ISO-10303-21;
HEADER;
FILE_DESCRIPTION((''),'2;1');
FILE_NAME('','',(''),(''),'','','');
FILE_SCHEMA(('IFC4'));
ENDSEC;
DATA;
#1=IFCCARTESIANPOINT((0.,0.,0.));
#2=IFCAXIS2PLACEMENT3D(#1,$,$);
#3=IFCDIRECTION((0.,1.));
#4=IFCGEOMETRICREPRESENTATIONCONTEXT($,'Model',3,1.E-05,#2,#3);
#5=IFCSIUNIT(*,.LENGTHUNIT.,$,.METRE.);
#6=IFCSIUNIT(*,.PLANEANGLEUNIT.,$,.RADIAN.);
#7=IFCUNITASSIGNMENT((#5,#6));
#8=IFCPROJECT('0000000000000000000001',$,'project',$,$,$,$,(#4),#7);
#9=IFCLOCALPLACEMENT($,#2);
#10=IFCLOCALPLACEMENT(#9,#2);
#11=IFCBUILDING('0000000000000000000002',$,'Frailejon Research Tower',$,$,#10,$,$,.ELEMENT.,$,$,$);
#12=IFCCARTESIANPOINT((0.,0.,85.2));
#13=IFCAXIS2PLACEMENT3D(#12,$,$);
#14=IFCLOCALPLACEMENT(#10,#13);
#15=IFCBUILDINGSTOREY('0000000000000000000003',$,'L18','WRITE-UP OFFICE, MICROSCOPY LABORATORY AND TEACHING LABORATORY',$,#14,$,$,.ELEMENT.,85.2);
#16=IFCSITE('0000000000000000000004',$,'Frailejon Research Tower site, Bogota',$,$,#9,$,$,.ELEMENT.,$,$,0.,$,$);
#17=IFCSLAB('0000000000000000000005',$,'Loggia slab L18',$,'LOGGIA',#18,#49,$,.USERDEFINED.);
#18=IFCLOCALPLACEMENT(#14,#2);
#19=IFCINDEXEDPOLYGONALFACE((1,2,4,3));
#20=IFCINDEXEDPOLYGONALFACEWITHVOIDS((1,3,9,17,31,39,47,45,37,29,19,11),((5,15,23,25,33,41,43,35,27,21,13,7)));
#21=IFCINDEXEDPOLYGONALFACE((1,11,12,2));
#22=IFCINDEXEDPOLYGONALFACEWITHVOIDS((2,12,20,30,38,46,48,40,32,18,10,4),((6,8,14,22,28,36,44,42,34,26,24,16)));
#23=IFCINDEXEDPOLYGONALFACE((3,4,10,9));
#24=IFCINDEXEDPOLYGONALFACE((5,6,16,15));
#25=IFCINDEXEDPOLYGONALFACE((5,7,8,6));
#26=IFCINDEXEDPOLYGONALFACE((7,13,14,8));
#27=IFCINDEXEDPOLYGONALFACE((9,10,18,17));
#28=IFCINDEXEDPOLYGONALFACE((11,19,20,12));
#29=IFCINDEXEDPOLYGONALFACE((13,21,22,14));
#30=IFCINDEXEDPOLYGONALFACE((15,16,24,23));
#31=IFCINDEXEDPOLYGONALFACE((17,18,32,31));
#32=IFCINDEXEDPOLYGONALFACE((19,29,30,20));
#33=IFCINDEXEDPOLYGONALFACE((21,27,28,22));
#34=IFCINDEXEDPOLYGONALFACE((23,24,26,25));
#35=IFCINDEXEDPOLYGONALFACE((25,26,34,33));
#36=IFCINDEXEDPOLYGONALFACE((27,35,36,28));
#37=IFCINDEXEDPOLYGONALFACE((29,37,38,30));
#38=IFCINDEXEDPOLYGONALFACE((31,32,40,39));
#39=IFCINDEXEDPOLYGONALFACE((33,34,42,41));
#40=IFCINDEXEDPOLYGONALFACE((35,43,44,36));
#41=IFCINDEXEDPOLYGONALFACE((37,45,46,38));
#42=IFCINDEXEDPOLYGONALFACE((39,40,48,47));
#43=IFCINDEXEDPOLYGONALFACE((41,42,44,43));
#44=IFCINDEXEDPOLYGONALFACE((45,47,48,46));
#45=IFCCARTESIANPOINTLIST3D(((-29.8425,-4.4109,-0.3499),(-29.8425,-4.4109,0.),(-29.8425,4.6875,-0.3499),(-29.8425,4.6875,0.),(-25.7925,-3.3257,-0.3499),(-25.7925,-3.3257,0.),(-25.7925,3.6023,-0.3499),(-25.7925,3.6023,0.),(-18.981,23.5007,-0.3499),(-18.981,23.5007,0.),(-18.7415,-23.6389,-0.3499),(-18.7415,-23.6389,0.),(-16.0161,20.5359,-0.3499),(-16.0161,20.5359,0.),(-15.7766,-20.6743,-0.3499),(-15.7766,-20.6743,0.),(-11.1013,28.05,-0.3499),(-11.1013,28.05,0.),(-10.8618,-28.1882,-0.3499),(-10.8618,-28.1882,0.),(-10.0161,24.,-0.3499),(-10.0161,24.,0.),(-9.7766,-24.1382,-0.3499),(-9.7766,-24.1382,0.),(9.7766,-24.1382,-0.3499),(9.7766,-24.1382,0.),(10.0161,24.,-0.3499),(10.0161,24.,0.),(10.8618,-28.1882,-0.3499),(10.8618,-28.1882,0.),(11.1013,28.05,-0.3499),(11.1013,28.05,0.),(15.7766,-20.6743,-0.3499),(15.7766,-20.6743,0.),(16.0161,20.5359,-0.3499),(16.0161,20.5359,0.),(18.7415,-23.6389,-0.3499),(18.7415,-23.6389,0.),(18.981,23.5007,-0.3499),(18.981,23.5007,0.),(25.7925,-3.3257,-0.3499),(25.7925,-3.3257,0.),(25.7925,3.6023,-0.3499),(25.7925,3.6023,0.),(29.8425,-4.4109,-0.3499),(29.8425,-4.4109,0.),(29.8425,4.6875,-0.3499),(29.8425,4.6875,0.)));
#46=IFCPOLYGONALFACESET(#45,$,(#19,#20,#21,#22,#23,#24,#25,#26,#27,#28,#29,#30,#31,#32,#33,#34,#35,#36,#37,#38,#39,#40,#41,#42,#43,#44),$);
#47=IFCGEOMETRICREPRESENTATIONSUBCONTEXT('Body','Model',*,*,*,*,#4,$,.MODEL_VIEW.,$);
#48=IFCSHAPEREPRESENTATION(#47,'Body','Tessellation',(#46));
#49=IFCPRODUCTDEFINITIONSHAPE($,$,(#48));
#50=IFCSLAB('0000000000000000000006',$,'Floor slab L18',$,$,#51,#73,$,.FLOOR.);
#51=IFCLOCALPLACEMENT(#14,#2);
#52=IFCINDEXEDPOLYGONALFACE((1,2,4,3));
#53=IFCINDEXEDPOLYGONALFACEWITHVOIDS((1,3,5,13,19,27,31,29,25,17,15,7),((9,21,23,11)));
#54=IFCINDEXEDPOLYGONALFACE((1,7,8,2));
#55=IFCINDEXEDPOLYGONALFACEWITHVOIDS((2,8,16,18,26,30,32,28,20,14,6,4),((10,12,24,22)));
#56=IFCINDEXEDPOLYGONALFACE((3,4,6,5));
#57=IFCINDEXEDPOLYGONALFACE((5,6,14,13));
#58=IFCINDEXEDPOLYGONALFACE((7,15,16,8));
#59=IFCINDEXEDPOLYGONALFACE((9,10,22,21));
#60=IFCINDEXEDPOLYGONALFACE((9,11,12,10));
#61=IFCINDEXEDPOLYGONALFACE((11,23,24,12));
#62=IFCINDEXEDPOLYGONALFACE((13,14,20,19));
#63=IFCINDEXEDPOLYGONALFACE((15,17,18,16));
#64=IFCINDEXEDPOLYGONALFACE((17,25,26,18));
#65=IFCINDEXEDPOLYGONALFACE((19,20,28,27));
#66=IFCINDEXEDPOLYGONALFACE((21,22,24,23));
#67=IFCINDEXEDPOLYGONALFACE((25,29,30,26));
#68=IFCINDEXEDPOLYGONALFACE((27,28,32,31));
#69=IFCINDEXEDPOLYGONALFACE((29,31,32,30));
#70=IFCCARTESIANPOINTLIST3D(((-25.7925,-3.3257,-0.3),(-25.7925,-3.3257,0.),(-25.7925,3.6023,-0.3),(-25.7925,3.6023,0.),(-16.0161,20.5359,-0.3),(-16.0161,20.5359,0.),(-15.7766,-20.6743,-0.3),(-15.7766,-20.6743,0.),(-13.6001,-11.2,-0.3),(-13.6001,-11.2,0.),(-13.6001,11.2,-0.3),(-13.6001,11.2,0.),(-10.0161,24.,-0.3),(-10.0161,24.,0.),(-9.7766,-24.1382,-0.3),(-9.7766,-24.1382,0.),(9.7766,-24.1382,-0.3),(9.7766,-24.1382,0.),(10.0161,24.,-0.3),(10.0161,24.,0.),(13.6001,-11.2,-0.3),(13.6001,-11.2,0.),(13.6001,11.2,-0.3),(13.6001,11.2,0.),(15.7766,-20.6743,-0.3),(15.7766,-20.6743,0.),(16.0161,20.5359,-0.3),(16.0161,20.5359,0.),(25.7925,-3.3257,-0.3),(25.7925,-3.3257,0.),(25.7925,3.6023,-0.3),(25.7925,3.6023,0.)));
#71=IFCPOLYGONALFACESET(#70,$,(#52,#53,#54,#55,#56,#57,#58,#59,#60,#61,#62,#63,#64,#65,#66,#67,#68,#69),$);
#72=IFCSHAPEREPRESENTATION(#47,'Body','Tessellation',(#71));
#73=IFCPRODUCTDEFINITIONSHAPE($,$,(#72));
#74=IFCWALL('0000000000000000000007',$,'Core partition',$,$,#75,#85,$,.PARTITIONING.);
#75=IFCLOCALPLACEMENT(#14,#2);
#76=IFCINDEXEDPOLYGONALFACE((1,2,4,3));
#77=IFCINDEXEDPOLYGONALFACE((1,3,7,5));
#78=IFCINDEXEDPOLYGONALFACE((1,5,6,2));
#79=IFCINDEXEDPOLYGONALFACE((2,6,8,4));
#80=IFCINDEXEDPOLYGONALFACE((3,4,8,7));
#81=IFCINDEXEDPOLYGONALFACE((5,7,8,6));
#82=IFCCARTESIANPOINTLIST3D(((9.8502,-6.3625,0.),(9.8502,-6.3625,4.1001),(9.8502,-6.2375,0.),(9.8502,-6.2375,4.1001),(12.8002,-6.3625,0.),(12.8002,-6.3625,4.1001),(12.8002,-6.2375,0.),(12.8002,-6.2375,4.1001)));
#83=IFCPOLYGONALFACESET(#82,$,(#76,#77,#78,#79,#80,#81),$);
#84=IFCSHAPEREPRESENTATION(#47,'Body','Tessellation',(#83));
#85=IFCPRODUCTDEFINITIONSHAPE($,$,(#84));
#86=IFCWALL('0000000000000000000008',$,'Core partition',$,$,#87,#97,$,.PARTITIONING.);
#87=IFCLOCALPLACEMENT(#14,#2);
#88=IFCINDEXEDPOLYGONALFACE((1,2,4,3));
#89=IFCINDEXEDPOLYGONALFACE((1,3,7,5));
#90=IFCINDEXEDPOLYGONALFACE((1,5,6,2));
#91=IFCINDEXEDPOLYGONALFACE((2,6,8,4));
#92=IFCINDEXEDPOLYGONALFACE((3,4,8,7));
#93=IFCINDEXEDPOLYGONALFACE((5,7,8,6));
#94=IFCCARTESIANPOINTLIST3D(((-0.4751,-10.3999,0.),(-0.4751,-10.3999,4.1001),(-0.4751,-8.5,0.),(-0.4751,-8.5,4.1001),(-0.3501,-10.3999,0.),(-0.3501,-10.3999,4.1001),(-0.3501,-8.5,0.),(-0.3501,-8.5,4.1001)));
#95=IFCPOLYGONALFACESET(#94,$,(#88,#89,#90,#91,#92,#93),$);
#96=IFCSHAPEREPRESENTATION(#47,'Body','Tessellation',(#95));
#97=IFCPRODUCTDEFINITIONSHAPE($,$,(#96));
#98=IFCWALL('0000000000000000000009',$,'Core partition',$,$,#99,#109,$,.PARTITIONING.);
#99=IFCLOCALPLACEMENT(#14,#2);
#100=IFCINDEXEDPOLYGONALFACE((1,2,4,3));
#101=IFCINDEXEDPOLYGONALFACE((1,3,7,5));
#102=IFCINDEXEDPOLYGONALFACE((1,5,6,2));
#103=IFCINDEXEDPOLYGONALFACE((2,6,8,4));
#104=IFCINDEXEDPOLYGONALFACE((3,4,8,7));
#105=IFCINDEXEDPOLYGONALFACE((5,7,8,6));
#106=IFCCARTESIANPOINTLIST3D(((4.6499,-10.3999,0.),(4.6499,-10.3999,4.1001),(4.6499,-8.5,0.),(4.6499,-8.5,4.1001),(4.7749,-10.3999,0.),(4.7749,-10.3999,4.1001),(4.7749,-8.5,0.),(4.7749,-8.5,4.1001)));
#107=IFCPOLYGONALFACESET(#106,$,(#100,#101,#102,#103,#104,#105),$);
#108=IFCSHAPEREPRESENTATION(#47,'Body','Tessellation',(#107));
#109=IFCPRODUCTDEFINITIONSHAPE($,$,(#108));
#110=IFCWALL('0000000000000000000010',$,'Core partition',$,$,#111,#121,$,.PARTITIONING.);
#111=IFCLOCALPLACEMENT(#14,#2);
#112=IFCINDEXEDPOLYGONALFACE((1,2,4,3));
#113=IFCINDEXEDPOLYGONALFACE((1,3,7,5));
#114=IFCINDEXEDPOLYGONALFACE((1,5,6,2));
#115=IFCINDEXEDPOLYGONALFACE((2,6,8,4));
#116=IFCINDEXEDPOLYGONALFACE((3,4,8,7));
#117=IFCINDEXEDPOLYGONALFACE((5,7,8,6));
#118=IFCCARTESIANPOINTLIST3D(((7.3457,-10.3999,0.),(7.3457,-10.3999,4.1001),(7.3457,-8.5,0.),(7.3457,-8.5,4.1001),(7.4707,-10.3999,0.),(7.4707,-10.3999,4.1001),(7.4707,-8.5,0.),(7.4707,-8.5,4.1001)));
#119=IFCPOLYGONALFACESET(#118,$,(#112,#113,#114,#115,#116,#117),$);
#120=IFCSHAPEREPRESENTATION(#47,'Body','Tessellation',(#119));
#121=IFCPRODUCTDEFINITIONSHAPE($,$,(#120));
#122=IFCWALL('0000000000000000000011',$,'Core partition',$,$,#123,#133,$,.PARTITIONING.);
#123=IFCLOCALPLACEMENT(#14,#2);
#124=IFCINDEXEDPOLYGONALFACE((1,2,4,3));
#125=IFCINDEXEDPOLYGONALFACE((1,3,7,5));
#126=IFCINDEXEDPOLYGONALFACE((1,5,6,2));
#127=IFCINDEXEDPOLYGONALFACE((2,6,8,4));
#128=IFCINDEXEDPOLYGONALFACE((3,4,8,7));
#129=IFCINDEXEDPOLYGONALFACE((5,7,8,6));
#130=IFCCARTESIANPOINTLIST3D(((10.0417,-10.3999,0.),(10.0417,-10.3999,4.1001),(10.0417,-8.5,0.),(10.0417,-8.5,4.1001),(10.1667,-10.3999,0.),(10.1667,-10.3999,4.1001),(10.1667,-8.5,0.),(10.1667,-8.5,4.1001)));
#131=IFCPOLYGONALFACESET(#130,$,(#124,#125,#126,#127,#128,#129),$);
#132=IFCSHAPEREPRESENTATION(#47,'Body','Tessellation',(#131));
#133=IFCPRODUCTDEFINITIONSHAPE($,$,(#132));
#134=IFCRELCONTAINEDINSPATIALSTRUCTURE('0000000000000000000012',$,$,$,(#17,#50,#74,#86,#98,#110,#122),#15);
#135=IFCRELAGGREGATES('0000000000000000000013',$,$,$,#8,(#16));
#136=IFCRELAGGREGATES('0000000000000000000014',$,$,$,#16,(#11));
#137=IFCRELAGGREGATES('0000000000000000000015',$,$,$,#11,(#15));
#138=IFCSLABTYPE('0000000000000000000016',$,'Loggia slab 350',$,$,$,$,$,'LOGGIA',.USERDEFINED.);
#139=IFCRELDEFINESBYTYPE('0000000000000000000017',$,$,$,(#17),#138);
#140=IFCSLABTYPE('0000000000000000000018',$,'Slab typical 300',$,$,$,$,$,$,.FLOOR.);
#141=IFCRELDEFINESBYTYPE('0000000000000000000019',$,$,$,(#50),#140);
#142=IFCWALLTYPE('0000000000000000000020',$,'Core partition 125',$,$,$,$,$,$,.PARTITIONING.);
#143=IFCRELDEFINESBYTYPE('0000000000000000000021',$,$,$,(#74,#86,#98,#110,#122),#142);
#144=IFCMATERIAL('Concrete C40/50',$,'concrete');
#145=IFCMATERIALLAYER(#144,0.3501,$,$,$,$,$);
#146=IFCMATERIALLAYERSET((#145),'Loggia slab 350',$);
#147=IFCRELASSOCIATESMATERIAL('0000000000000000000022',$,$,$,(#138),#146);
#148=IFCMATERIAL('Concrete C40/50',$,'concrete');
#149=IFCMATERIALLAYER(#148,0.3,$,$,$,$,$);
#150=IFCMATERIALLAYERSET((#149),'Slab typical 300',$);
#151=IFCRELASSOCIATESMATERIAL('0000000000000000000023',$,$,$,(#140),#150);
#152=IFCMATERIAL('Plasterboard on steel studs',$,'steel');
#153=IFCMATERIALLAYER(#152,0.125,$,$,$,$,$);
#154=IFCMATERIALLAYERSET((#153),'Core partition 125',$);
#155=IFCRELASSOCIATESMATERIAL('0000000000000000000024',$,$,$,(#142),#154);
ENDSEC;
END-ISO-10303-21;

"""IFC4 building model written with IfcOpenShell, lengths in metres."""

from ifc_helpers import new_model, si_unit, direction, frame, frame_2d, origin, place, context, subcontext, project, spatial, polyline, rectangle, outline, extrude, material, layer, layer_set, type_object, element, save


model = new_model("IFC4")

# Units and contexts
model_context = context("Model", 3, precision=1e-05, world=origin(), true_north=direction((0.0, 1.0)))
body_context = subcontext(model_context, "Body", "Model", "MODEL_VIEW")
ifc_project = project(units=[si_unit("LENGTHUNIT", "METRE"), si_unit("PLANEANGLEUNIT", "RADIAN")], contexts=[model_context])

# Site, building, storey
site_placement = place(None, origin())
site = spatial("IfcSite", under=ifc_project, at=site_placement, Name="Frailejon Research Tower site, Bogota", CompositionType="ELEMENT", RefElevation=0.0)
building_placement = place(site_placement, origin())
building = spatial("IfcBuilding", under=site, at=building_placement, Name="Frailejon Research Tower", CompositionType="ELEMENT")
storey_placement = place(building_placement, frame((0.0, 0.0, 85.2)))
storey = spatial("IfcBuildingStorey", under=building, at=storey_placement, Name="L18", Description="WRITE-UP OFFICE, MICROSCOPY LABORATORY AND TEACHING LABORATORY", CompositionType="ELEMENT", Elevation=85.2)

# Slabs
ifc_material_1 = material(Name="Concrete C40/50", Category="concrete")
ifc_layer_1 = layer(ifc_material_1, 0.3501)
ifc_layer_set_1 = layer_set([ifc_layer_1], Name="Loggia slab 350")
slab_type_1 = type_object("IfcSlabType", Name="Loggia slab 350", ElementType="LOGGIA", PredefinedType="USERDEFINED", material=ifc_layer_set_1)
slab_1_placement = place(storey_placement, frame((0.0, 0.0, -0.3499)))
element("IfcSlab", 1, at=slab_1_placement, inside=storey, type_object=slab_type_1, Name="Loggia slab L18", ObjectType="LOGGIA", PredefinedType="USERDEFINED", context=body_context, shape_type="SweptSolid", body=[
    extrude(outline(polyline([(18.7415, -23.6389), (10.8618, -28.1882), (-10.8618, -28.1882), (-18.7415, -23.6389), (-29.8425, -4.4109), (-29.8425, 4.6875), (-18.981, 23.5007), (-11.1013, 28.05), (11.1013, 28.05), (18.981, 23.5007), (29.8425, 4.6875), (29.8425, -4.4109), (18.7415, -23.6389)]), holes=[polyline([(25.7925, 3.6023), (16.0161, 20.5359), (10.0161, 24.0), (-10.0161, 24.0), (-16.0161, 20.5359), (-25.7925, 3.6023), (-25.7925, -3.3257), (-15.7766, -20.6743), (-9.7766, -24.1382), (9.7766, -24.1382), (15.7766, -20.6743), (25.7925, -3.3257), (25.7925, 3.6023)])]), origin(), (0.0, 0.0, 1.0), 0.3499),
])
ifc_material_2 = material(Name="Concrete C40/50", Category="concrete")
ifc_layer_2 = layer(ifc_material_2, 0.3)
ifc_layer_set_2 = layer_set([ifc_layer_2], Name="Slab typical 300")
slab_type_2 = type_object("IfcSlabType", Name="Slab typical 300", PredefinedType="FLOOR", material=ifc_layer_set_2)
slab_2_placement = place(storey_placement, frame((0.0, 0.0, -0.3)))
element("IfcSlab", 2, at=slab_2_placement, inside=storey, type_object=slab_type_2, Name="Floor slab L18", PredefinedType="FLOOR", context=body_context, shape_type="SweptSolid", body=[
    extrude(outline(polyline([(25.7925, -3.3257), (25.7925, 3.6023), (16.0161, 20.5359), (10.0161, 24.0), (-10.0161, 24.0), (-16.0161, 20.5359), (-25.7925, 3.6023), (-25.7925, -3.3257), (-15.7766, -20.6743), (-9.7766, -24.1382), (9.7766, -24.1382), (15.7766, -20.6743), (25.7925, -3.3257)]), holes=[polyline([(13.6001, -11.2), (-13.6001, -11.2), (-13.6001, 11.2), (13.6001, 11.2), (13.6001, -11.2)])]), origin(), (0.0, 0.0, 1.0), 0.3),
])

# Walls
ifc_material_3 = material(Name="Plasterboard on steel studs", Category="steel")
ifc_layer_3 = layer(ifc_material_3, 0.125)
ifc_layer_set_3 = layer_set([ifc_layer_3], Name="Core partition 125")
wall_type_1 = type_object("IfcWallType", Name="Core partition 125", PredefinedType="PARTITIONING", material=ifc_layer_set_3)
wall_1_placement = place(storey_placement, frame((9.8501, -6.3, 0.0), z_axis=(0.0, 0.0, 1.0), x_axis=(1.0, 0.0, 0.0)))
element("IfcWall", 3, at=wall_1_placement, inside=storey, type_object=wall_type_1, Name="Core partition", PredefinedType="PARTITIONING", context=body_context, shape_type="SweptSolid", body=[
    extrude(rectangle(XDim=2.95, YDim=0.125, at=frame_2d((1.4751, 0.0))), origin(), (0.0, 0.0, 1.0), 4.1001),
])
for number, where, z_axis, x_axis, name in (
    (4, (-0.4126, -10.3999, 0.0), (0.0, 0.0, 1.0), (0.0, 1.0, 0.0), "Core partition"),
    (5, (4.7124, -10.3999, 0.0), (0.0, 0.0, 1.0), (0.0, 1.0, 0.0), "Core partition"),
    (6, (7.4082, -10.3999, 0.0), (0.0, 0.0, 1.0), (0.0, 1.0, 0.0), "Core partition"),
    (7, (10.1042, -10.3999, 0.0), (0.0, 0.0, 1.0), (0.0, 1.0, 0.0), "Core partition"),
):
    element("IfcWall", number, at=place(storey_placement, frame(where, z_axis=z_axis, x_axis=x_axis)), inside=storey, type_object=wall_type_1, Name=name, PredefinedType="PARTITIONING", context=body_context, shape_type="SweptSolid", body=[
        extrude(rectangle(XDim=1.8999, YDim=0.125, at=frame_2d((0.95, 0.0))), origin(), (0.0, 0.0, 1.0), 4.1001),
    ])

save(model, "model.ifc")
